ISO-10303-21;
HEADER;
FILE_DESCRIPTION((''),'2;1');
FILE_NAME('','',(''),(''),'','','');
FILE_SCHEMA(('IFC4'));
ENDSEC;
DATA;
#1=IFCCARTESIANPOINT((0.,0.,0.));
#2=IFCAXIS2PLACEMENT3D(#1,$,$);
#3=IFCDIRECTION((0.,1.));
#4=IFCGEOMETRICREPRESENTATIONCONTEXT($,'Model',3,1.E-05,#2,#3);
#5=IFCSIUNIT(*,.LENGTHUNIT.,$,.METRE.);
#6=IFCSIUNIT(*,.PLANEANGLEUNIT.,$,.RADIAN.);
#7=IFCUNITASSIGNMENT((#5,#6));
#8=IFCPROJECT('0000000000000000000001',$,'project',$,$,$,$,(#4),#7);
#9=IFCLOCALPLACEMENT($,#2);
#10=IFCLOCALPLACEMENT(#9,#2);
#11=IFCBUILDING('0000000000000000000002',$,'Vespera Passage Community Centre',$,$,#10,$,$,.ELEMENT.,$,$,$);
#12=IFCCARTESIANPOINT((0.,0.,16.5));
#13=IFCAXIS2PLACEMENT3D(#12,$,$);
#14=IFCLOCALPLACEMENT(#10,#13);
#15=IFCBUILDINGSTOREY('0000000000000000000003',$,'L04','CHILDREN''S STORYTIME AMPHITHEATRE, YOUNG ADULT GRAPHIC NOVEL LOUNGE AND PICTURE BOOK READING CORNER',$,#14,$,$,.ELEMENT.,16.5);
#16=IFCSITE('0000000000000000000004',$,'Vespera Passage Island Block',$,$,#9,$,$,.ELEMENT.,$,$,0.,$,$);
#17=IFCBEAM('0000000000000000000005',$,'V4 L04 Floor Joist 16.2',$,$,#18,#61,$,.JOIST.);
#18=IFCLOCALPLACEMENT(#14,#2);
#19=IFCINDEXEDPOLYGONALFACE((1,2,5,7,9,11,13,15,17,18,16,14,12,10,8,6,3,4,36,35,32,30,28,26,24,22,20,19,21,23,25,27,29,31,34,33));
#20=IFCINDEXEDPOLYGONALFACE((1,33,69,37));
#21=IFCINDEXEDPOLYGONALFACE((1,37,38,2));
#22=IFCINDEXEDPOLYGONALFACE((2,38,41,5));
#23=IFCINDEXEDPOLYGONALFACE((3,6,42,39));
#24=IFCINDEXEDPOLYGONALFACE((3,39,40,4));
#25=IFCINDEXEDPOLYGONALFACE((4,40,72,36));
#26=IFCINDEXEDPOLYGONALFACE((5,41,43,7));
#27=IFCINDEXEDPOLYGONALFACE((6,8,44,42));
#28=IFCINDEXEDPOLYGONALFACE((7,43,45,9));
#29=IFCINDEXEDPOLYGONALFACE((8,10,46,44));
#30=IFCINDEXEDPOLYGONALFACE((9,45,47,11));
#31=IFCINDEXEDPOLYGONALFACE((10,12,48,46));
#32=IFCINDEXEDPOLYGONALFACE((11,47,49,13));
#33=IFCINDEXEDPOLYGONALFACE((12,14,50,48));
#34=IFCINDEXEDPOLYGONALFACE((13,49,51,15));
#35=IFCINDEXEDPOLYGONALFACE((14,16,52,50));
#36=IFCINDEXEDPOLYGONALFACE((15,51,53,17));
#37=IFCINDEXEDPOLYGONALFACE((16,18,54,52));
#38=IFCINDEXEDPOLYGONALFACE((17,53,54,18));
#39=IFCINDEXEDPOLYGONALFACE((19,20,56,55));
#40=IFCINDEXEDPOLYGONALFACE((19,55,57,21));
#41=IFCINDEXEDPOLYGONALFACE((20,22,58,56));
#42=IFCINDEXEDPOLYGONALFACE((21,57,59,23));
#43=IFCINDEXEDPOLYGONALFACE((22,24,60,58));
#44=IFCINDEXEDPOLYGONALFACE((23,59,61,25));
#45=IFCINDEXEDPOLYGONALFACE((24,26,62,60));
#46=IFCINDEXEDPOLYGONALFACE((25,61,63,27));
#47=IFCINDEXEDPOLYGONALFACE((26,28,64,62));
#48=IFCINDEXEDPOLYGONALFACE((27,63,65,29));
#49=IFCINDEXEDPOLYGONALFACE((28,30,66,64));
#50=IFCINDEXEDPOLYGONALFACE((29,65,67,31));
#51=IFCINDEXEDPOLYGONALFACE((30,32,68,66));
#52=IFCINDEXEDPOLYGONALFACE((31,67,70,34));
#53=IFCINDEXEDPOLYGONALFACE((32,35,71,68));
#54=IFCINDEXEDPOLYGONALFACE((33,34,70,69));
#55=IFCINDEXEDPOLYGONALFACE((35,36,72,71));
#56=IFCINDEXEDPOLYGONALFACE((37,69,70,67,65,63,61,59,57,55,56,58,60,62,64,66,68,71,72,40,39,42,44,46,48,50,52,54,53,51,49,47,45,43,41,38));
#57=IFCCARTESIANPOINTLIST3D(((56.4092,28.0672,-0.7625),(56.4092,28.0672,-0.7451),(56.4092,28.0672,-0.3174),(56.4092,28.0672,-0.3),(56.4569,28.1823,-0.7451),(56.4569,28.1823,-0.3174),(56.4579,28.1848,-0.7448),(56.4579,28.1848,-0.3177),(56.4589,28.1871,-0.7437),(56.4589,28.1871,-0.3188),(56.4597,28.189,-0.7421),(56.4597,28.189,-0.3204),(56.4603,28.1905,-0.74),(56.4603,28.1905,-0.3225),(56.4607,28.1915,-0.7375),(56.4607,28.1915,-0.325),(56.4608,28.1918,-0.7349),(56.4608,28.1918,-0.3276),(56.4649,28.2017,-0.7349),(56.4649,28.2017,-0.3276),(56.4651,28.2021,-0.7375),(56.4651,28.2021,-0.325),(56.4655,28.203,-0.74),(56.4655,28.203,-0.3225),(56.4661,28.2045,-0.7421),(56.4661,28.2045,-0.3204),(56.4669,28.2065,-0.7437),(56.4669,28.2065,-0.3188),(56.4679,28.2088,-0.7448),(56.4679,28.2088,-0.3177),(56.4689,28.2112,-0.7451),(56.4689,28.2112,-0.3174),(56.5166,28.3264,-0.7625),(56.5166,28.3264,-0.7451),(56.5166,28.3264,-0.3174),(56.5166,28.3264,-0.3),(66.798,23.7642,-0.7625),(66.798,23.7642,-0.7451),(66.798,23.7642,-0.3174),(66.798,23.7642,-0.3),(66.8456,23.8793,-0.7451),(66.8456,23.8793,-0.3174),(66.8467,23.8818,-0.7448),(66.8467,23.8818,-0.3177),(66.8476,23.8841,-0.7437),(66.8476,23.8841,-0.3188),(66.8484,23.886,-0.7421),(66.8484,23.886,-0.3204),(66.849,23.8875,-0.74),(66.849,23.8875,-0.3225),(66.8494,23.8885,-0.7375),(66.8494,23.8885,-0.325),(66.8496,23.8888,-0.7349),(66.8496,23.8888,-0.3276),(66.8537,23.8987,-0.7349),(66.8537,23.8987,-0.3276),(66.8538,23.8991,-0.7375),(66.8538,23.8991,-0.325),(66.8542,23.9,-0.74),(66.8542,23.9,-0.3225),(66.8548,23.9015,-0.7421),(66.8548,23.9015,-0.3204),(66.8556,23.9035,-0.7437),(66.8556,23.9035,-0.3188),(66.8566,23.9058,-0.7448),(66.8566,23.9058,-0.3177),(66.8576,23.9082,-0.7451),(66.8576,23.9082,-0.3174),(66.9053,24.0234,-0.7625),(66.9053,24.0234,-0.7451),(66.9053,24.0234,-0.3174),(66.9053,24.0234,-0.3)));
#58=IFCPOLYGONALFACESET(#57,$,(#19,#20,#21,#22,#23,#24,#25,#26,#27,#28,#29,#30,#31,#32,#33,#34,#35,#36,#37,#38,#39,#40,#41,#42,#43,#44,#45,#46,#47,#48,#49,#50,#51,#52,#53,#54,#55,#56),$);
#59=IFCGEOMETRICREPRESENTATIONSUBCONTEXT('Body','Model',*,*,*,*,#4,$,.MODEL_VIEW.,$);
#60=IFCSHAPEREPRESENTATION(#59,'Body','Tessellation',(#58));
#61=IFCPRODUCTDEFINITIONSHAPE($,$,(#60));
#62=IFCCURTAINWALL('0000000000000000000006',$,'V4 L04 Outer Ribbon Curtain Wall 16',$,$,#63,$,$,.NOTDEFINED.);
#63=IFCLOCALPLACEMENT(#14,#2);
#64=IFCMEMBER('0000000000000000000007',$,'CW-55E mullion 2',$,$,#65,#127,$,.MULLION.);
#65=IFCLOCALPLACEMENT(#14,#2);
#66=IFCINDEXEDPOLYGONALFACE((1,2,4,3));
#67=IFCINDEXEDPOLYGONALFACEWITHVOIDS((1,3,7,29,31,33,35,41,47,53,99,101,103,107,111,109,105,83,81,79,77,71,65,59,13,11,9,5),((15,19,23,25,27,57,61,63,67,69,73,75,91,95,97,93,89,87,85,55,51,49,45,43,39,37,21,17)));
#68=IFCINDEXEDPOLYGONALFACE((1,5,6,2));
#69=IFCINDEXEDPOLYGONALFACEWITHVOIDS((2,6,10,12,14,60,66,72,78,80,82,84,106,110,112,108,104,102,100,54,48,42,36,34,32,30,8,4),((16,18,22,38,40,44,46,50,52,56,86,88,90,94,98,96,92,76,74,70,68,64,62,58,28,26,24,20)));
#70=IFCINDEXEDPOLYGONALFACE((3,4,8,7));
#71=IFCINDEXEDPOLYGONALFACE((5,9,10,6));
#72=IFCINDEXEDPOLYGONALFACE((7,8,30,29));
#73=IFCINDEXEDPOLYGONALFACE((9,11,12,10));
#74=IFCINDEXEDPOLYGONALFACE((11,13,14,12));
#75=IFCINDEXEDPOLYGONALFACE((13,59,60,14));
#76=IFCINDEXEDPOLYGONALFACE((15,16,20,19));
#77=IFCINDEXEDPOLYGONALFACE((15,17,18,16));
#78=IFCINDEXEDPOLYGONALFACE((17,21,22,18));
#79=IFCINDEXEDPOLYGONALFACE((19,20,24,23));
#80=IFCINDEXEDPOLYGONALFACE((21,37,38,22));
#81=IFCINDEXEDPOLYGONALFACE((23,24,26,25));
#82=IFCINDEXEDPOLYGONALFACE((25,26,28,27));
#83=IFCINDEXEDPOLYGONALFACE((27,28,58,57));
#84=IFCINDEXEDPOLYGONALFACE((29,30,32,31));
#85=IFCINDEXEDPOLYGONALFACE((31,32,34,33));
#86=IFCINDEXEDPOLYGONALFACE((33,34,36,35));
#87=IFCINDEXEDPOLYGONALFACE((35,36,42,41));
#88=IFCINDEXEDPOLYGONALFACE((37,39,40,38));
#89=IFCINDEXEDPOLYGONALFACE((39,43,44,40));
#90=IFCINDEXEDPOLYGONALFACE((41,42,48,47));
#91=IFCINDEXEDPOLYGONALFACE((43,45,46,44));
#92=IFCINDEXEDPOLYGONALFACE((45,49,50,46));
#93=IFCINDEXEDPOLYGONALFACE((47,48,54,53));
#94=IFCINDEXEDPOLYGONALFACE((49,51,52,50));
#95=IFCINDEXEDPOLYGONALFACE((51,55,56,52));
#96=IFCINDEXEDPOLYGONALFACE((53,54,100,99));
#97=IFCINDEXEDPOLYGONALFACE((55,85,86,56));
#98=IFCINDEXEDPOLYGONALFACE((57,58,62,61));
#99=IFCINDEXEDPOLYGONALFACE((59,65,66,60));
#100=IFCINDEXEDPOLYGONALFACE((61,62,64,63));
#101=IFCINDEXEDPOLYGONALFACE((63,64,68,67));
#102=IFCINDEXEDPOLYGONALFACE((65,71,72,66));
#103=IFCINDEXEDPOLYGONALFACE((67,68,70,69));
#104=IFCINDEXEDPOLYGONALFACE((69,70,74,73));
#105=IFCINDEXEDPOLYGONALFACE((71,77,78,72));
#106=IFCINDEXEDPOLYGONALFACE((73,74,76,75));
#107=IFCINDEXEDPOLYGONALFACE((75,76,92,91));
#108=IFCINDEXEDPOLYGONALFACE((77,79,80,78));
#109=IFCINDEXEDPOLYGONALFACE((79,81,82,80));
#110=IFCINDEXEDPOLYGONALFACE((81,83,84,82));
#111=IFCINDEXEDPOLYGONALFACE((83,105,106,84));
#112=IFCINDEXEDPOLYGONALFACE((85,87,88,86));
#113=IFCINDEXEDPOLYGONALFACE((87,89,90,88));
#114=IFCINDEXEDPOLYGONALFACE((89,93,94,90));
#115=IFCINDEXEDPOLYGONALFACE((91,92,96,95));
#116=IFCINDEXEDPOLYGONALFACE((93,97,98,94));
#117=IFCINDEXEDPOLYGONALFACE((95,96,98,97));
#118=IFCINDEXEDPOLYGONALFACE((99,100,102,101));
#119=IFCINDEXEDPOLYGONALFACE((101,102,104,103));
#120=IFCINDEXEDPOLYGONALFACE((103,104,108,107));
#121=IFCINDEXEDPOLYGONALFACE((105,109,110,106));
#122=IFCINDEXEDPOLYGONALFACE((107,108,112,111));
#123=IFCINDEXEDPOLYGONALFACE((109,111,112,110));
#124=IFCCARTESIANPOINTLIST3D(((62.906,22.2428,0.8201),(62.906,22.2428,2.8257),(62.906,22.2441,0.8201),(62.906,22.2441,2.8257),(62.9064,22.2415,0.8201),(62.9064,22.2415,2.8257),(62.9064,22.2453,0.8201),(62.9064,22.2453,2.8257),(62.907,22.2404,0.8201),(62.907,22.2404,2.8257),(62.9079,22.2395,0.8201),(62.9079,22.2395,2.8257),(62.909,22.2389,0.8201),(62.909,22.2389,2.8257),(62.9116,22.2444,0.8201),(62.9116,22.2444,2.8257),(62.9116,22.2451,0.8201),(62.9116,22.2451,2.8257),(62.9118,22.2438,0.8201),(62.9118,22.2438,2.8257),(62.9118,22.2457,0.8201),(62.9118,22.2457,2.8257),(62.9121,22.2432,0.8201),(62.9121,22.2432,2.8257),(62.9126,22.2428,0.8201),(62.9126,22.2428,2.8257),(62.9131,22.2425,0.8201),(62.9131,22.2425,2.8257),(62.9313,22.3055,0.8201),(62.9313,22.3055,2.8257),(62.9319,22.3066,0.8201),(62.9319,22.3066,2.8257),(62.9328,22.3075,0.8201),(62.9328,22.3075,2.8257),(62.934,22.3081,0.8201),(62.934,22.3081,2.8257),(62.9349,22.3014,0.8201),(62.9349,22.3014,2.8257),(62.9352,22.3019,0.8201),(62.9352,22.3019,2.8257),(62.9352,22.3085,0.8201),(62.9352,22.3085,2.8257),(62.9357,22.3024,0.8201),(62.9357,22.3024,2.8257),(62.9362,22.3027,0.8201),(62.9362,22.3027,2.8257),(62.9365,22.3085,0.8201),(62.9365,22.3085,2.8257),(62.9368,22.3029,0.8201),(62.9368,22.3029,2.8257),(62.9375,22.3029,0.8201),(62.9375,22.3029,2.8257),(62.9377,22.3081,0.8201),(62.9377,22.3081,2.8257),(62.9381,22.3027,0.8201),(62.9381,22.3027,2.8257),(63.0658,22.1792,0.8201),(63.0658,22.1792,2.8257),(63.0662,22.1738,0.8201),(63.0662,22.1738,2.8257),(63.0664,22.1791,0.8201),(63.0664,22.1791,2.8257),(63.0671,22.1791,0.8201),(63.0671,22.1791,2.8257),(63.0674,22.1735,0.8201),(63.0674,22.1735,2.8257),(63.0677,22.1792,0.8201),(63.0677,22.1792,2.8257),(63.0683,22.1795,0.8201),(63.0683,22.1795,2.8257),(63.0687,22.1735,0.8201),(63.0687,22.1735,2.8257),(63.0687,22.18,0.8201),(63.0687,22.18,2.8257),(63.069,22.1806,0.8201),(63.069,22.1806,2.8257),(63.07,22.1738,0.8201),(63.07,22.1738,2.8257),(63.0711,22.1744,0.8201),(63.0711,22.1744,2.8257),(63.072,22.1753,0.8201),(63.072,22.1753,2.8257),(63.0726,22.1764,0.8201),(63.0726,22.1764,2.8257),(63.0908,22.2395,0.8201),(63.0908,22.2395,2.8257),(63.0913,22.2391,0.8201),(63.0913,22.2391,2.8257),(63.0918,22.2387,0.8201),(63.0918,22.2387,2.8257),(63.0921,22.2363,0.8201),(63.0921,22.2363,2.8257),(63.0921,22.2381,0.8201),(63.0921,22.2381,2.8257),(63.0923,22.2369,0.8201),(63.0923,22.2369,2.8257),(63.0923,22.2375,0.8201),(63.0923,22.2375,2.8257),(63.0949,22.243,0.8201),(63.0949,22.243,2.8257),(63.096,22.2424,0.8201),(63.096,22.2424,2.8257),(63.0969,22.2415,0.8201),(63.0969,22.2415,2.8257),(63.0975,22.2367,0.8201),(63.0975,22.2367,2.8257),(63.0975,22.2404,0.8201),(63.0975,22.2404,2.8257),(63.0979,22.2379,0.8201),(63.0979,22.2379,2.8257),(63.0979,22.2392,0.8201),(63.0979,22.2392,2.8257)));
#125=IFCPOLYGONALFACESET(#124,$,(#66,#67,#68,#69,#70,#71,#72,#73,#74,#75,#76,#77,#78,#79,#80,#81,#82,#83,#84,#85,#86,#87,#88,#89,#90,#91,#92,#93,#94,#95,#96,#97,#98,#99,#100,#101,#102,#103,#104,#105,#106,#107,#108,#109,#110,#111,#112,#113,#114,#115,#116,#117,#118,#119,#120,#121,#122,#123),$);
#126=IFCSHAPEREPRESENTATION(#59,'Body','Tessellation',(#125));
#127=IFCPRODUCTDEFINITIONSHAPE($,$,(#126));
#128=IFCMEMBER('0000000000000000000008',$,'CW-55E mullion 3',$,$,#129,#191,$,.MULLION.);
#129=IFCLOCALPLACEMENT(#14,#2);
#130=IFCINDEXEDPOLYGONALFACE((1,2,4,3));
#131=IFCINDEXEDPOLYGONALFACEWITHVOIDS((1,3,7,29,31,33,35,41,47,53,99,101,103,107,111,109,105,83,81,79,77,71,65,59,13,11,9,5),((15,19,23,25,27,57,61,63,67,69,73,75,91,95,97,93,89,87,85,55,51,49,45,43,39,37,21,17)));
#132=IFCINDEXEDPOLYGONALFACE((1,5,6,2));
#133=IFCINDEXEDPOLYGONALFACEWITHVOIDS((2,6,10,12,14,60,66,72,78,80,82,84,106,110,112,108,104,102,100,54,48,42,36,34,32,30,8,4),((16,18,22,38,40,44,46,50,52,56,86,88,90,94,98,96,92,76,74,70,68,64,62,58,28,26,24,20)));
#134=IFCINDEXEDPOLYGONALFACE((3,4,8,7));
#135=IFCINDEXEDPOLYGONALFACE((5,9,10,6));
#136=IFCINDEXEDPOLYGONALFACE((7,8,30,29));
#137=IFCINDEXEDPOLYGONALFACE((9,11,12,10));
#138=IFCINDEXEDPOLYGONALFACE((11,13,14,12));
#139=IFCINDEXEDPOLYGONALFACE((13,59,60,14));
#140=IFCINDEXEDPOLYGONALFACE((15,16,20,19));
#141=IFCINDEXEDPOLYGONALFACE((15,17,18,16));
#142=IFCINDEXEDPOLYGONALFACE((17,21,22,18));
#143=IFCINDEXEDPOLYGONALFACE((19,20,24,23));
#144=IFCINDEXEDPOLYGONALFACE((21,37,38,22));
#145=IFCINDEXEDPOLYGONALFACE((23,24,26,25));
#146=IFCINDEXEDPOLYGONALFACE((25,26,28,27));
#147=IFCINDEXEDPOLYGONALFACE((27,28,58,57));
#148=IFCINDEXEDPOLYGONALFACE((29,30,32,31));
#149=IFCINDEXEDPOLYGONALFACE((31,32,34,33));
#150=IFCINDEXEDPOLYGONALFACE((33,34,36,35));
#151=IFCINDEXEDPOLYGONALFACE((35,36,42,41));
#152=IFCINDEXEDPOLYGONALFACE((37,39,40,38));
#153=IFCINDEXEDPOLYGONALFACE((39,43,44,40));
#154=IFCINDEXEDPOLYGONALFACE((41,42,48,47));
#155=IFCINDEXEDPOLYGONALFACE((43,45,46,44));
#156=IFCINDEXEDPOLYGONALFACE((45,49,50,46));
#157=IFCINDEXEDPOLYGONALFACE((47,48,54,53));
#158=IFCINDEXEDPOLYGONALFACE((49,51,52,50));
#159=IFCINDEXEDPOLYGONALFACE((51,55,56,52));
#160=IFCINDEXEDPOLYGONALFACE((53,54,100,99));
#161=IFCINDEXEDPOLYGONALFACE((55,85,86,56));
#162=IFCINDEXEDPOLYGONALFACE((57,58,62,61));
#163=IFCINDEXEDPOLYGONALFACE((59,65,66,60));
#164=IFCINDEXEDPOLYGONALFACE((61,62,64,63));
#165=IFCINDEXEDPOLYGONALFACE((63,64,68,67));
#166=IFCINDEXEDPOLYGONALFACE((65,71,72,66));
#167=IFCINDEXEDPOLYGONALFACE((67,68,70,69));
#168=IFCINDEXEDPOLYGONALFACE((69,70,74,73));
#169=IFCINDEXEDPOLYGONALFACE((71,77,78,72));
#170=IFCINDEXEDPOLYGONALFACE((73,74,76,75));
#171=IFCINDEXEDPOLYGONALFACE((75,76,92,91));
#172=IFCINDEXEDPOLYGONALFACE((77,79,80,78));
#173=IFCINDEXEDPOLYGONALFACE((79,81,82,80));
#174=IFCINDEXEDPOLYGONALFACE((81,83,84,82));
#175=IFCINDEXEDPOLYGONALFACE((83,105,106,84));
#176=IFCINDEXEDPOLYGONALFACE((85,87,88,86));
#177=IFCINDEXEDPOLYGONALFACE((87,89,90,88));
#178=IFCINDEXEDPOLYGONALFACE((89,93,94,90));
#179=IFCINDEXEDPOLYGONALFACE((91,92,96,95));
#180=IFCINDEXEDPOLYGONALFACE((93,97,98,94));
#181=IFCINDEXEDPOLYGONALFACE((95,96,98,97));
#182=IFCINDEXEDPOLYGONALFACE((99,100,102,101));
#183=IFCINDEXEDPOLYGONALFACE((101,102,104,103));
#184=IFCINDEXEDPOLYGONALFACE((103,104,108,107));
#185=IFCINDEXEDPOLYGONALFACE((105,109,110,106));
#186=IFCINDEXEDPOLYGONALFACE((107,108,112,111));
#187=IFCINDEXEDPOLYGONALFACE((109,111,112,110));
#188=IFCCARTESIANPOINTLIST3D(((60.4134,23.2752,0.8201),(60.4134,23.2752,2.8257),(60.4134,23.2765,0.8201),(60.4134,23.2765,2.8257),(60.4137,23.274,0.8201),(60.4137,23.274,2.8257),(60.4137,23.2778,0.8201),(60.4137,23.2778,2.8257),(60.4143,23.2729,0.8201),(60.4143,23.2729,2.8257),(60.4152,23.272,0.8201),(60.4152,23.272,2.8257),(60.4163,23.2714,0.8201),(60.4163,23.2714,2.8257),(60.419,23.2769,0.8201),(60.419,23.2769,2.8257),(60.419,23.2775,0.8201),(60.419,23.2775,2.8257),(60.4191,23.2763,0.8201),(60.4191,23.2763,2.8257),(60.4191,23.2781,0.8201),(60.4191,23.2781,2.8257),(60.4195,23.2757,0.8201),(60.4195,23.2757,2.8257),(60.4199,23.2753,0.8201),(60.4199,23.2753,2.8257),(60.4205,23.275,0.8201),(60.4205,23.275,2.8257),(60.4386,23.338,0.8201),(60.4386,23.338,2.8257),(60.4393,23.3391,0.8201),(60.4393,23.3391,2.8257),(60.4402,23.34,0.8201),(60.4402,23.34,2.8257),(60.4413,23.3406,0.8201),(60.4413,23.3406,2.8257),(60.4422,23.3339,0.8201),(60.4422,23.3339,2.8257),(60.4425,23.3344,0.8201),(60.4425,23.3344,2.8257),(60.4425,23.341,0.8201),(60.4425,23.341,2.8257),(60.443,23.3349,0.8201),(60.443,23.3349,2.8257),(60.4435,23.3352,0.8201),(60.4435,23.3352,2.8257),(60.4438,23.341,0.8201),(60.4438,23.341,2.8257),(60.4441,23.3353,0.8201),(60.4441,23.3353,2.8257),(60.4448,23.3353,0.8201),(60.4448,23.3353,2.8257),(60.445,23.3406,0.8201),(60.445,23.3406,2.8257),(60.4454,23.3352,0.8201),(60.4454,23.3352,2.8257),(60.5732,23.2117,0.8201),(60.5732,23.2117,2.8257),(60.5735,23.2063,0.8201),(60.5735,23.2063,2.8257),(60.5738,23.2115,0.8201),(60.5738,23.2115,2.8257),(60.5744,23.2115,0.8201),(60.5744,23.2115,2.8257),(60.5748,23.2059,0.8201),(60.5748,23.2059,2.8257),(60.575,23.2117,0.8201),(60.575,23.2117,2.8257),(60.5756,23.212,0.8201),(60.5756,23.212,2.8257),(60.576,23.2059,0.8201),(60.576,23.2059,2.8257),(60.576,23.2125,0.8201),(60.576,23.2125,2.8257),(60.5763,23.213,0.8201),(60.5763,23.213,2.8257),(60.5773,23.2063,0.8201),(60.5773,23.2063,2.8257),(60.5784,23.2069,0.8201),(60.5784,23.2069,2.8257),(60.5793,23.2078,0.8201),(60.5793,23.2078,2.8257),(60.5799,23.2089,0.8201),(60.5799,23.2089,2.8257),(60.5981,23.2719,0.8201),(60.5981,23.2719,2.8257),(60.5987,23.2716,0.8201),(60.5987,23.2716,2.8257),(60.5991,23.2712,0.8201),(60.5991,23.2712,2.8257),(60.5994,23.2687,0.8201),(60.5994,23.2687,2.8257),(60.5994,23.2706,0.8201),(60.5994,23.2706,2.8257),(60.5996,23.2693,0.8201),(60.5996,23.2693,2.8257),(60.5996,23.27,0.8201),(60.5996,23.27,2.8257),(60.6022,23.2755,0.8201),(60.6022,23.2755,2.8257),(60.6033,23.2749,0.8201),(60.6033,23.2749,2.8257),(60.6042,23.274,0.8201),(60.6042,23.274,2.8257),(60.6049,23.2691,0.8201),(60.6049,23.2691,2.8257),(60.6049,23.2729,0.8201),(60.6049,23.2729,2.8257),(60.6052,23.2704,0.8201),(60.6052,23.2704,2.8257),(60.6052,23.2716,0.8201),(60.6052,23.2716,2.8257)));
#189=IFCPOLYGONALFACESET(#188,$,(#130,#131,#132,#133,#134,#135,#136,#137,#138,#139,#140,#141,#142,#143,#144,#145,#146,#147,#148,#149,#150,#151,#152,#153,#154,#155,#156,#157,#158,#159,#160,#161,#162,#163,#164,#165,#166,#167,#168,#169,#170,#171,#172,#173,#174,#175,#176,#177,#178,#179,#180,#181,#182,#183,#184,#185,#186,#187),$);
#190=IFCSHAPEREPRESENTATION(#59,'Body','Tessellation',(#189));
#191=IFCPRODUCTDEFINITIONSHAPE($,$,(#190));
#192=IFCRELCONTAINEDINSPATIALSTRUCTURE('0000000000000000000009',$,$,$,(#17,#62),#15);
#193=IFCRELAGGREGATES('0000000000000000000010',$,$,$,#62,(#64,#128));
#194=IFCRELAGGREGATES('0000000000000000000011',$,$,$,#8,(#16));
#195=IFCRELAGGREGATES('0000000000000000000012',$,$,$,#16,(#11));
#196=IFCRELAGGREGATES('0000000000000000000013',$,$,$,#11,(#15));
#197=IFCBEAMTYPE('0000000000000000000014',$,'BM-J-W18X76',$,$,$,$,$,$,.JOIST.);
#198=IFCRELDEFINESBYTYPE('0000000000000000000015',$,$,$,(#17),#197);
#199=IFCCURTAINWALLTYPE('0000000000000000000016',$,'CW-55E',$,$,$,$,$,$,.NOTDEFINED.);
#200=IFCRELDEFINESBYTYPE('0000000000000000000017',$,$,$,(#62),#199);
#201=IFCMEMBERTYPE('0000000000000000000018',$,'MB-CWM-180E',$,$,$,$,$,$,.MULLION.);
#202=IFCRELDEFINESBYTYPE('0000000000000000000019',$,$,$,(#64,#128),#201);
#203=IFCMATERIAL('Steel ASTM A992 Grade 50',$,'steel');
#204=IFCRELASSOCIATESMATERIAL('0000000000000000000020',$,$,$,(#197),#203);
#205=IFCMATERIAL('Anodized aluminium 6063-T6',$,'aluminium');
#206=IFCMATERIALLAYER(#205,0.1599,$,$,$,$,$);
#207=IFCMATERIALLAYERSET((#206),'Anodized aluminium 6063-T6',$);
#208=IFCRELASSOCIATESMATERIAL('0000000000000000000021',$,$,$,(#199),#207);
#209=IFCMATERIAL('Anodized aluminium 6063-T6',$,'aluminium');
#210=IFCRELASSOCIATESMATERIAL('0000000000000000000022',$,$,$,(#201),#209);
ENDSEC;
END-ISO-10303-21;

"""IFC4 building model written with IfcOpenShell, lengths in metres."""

from ifc_helpers import new_model, si_unit, direction, frame, origin, origin_2d, place, context, subcontext, project, spatial, hollow_rectangle, i_section, extrude, material, layer, layer_set, material_profile, profile_set, type_object, element, aggregate, save


model = new_model("IFC4")

# Units and contexts
model_context = context("Model", 3, precision=1e-05, world=origin(), true_north=direction((0.0, 1.0)))
body_context = subcontext(model_context, "Body", "Model", "MODEL_VIEW")
ifc_project = project(units=[si_unit("LENGTHUNIT", "METRE"), si_unit("PLANEANGLEUNIT", "RADIAN")], contexts=[model_context])

# Site, building, storey
site_placement = place(None, origin())
site = spatial("IfcSite", under=ifc_project, at=site_placement, Name="Vespera Passage Island Block", CompositionType="ELEMENT", RefElevation=0.0)
building_placement = place(site_placement, origin())
building = spatial("IfcBuilding", under=site, at=building_placement, Name="Vespera Passage Community Centre", CompositionType="ELEMENT")
storey_placement = place(building_placement, frame((0.0, 0.0, 16.5)))
storey = spatial("IfcBuildingStorey", under=building, at=storey_placement, Name="L04", Description="CHILDREN'S STORYTIME AMPHITHEATRE, YOUNG ADULT GRAPHIC NOVEL LOUNGE AND PICTURE BOOK READING CORNER", CompositionType="ELEMENT", Elevation=16.5)

# Beam
ifc_material_1 = material(Name="Steel ASTM A992 Grade 50", Category="steel")
ifc_material_profile_1 = material_profile(ifc_material_1, i_section(OverallWidth=0.2805, OverallDepth=0.4624, WebThickness=0.0107, FlangeThickness=0.0173, FilletRadius=0.0103, at=origin_2d()), Name="W18X76")
ifc_profile_set_1 = profile_set([ifc_material_profile_1], Name="Steel ASTM A992 Grade 50")
beam_type = type_object("IfcBeamType", Name="BM-J-W18X76", PredefinedType="JOIST", material=ifc_profile_set_1)
beam_placement = place(storey_placement, frame((56.4629, 28.1968, -0.5312), z_axis=(0.923884, -0.382672, 0.0), x_axis=(0.382672, 0.923884, 0.0)))
element("IfcBeam", 1, at=beam_placement, inside=storey, type_object=beam_type, Name="V4 L04 Floor Joist 16.2", PredefinedType="JOIST", context=body_context, shape_type="SweptSolid", body=[
    extrude(i_section(OverallWidth=0.2805, OverallDepth=0.4624, WebThickness=0.0107, FlangeThickness=0.0173, FilletRadius=0.0103, at=origin_2d()), origin(), (0.0, 0.0, 1.0), 11.2446),
])

# Curtain wall, members
ifc_material_2 = material(Name="Anodized aluminium 6063-T6", Category="aluminium")
ifc_layer_1 = layer(ifc_material_2, 0.1599)
ifc_layer_set_1 = layer_set([ifc_layer_1], Name="Anodized aluminium 6063-T6")
curtain_wall_type = type_object("IfcCurtainWallType", Name="CW-55E", PredefinedType="NOTDEFINED", material=ifc_layer_set_1)
curtain_wall_placement = place(storey_placement, origin())
curtain_wall = element("IfcCurtainWall", 2, at=curtain_wall_placement, inside=storey, type_object=curtain_wall_type, Name="V4 L04 Outer Ribbon Curtain Wall 16", PredefinedType="NOTDEFINED")
ifc_material_3 = material(Name="Anodized aluminium 6063-T6", Category="aluminium")
ifc_material_profile_2 = material_profile(ifc_material_3, hollow_rectangle(XDim=0.075, YDim=0.1799, WallThickness=0.0049, InnerFilletRadius=0.0024, OuterFilletRadius=0.0049, at=origin_2d()), Name="ALU180X75X5")
ifc_profile_set_2 = profile_set([ifc_material_profile_2], Name="Anodized aluminium 6063-T6")
member_type_1 = type_object("IfcMemberType", Name="MB-CWM-180E", PredefinedType="MULLION", material=ifc_profile_set_2)
member_1_placement = place(storey_placement, frame((63.002, 22.241, 0.8201), z_axis=(0.0, 0.0, 1.0), x_axis=(-0.382683, -0.92388, 0.0)))
member_1 = element("IfcMember", 3, at=member_1_placement, type_object=member_type_1, Name="CW-55E mullion 2", PredefinedType="MULLION", context=body_context, shape_type="SweptSolid", body=[
    extrude(hollow_rectangle(XDim=0.075, YDim=0.1799, WallThickness=0.0049, InnerFilletRadius=0.0024, OuterFilletRadius=0.0049, at=origin_2d()), origin(), (0.0, 0.0, 1.0), 2.0056),
])
member_2_placement = place(storey_placement, frame((60.5093, 23.2734, 0.8201), z_axis=(0.0, 0.0, 1.0), x_axis=(-0.382683, -0.92388, 0.0)))
member_2 = element("IfcMember", 4, at=member_2_placement, type_object=member_type_1, Name="CW-55E mullion 3", PredefinedType="MULLION", context=body_context, shape_type="SweptSolid", body=[
    extrude(hollow_rectangle(XDim=0.075, YDim=0.1799, WallThickness=0.0049, InnerFilletRadius=0.0024, OuterFilletRadius=0.0049, at=origin_2d()), origin(), (0.0, 0.0, 1.0), 2.0056),
])
aggregate(curtain_wall, [member_1, member_2])

save(model, "model.ifc")
